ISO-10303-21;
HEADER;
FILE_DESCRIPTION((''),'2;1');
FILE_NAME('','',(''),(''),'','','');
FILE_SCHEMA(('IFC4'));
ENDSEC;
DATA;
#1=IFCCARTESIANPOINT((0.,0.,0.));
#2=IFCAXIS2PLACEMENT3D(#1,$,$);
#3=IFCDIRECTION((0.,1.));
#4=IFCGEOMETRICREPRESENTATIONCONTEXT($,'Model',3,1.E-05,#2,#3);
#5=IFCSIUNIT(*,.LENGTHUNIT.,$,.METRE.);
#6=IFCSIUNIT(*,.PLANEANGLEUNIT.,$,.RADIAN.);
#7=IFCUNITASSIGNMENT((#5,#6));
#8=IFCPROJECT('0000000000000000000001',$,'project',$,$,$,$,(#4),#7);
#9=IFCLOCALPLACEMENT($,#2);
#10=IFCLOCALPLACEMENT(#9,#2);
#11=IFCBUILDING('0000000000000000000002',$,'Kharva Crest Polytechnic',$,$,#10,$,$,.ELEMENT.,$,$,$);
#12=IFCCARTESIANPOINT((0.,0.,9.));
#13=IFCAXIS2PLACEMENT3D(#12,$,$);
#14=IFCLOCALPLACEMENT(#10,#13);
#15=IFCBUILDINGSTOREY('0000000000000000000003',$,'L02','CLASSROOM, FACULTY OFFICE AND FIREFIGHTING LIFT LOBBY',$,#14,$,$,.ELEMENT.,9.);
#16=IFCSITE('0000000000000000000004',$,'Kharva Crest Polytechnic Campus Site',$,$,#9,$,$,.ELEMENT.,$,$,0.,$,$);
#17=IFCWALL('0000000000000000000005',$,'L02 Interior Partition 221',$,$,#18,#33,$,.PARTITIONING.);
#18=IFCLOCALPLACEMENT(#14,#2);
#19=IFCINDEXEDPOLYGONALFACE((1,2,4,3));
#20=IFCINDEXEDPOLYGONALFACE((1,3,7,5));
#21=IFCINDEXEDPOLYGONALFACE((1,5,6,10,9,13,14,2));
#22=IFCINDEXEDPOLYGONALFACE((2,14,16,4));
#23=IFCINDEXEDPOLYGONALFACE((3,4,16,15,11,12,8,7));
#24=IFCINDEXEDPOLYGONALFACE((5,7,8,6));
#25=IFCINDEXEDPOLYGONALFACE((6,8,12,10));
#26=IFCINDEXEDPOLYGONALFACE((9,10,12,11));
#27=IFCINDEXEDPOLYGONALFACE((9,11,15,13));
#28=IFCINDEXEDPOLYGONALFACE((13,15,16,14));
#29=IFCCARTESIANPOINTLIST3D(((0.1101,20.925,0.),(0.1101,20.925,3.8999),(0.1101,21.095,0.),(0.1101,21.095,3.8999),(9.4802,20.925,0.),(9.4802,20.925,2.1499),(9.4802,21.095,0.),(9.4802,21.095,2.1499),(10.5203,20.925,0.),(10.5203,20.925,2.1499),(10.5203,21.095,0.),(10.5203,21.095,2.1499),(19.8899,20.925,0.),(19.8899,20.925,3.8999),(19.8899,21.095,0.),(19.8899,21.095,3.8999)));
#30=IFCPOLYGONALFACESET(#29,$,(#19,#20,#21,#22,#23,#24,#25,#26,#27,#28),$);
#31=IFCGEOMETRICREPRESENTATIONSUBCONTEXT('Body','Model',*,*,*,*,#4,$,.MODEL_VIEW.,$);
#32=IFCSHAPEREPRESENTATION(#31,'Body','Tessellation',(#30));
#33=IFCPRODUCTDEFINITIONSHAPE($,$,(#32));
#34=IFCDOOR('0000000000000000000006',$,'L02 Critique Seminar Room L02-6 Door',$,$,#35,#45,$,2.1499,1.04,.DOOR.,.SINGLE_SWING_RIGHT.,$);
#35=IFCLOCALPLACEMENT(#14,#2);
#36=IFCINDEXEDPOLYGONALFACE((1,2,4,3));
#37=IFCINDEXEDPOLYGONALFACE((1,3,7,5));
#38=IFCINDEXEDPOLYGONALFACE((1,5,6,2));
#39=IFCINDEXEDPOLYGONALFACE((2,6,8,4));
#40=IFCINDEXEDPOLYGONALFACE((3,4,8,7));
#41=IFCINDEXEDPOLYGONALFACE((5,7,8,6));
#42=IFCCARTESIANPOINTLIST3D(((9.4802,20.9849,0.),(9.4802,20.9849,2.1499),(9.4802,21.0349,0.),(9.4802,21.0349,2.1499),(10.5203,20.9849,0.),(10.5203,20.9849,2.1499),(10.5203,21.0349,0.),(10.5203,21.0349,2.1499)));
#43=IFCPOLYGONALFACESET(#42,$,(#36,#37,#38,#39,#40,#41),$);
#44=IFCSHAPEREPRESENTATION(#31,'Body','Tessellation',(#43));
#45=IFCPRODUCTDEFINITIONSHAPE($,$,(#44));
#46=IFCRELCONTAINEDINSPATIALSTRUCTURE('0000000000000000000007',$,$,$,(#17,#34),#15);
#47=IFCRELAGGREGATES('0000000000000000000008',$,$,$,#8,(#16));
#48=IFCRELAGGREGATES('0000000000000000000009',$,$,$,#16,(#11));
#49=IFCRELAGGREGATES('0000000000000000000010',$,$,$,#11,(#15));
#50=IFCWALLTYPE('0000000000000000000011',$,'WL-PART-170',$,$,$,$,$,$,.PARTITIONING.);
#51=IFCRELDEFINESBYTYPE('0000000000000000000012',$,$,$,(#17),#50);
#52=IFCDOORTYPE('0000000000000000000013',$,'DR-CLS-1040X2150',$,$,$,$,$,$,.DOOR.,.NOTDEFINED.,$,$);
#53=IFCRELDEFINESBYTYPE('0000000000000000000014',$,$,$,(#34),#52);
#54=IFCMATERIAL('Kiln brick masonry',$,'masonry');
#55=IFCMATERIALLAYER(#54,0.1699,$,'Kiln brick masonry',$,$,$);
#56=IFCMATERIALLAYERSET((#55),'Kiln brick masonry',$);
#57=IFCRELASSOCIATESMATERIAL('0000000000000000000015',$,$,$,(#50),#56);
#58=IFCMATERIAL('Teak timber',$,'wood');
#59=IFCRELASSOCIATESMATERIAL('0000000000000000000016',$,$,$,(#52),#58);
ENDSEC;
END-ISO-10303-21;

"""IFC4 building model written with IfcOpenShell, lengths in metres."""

from ifc_helpers import new_model, si_unit, direction, frame, frame_2d, origin, place, context, subcontext, project, spatial, rectangle, extrude, material, layer, layer_set, type_object, element, fill, save


model = new_model("IFC4")

# Units and contexts
model_context = context("Model", 3, precision=1e-05, world=origin(), true_north=direction((0.0, 1.0)))
body_context = subcontext(model_context, "Body", "Model", "MODEL_VIEW")
ifc_project = project(units=[si_unit("LENGTHUNIT", "METRE"), si_unit("PLANEANGLEUNIT", "RADIAN")], contexts=[model_context])

# Site, building, storey
site_placement = place(None, origin())
site = spatial("IfcSite", under=ifc_project, at=site_placement, Name="Kharva Crest Polytechnic Campus Site", CompositionType="ELEMENT", RefElevation=0.0)
building_placement = place(site_placement, origin())
building = spatial("IfcBuilding", under=site, at=building_placement, Name="Kharva Crest Polytechnic", CompositionType="ELEMENT")
storey_placement = place(building_placement, frame((0.0, 0.0, 9.0)))
storey = spatial("IfcBuildingStorey", under=building, at=storey_placement, Name="L02", Description="CLASSROOM, FACULTY OFFICE AND FIREFIGHTING LIFT LOBBY", CompositionType="ELEMENT", Elevation=9.0)

# Shared definitions
ifc_material_1 = material(Name="Kiln brick masonry", Category="masonry")

# Wall, opening, door
ifc_layer_1 = layer(ifc_material_1, 0.1699, Name="Kiln brick masonry")
ifc_layer_set_1 = layer_set([ifc_layer_1], Name="Kiln brick masonry")
wall_type_1 = type_object("IfcWallType", Name="WL-PART-170", PredefinedType="PARTITIONING", material=ifc_layer_set_1)
wall_1_placement = place(storey_placement, frame((0.1101, 21.01, 0.0), z_axis=(0.0, 0.0, 1.0), x_axis=(1.0, 0.0, 0.0)))
wall_1 = element("IfcWall", 1, at=wall_1_placement, inside=storey, type_object=wall_type_1, Name="L02 Interior Partition 221", PredefinedType="PARTITIONING", context=body_context, shape_type="SweptSolid", body=[
    extrude(rectangle(XDim=19.7798, YDim=0.1699, at=frame_2d((9.8899, 0.0))), origin(), (0.0, 0.0, 1.0), 3.8999),
])
opening_1_placement = place(wall_1_placement, frame((9.3701, 0.0, 0.0)))
opening_1 = element("IfcOpeningElement", 2, at=opening_1_placement, cuts=wall_1, PredefinedType="OPENING", context=body_context, shape_type="SweptSolid", body=[
    extrude(rectangle(XDim=1.04, YDim=2.1499, at=frame_2d((0.52, 1.075))), frame((0.0, 0.095, 0.0), z_axis=(0.0, -1.0, 0.0), x_axis=(1.0, 0.0, 0.0)), (0.0, 0.0, 1.0), 0.1899),
])
ifc_material_2 = material(Name="Teak timber", Category="wood")
door_type = type_object("IfcDoorType", Name="DR-CLS-1040X2150", OperationType="NOTDEFINED", PredefinedType="DOOR", material=ifc_material_2)
door_placement = place(opening_1_placement, origin())
door = element("IfcDoor", 3, at=door_placement, inside=storey, type_object=door_type, Name="L02 Critique Seminar Room L02-6 Door", OperationType="SINGLE_SWING_RIGHT", OverallHeight=2.1499, OverallWidth=1.04, PredefinedType="DOOR", context=body_context, shape_type="SweptSolid", body=[
    extrude(rectangle(XDim=1.04, YDim=2.1499, at=frame_2d((0.52, 1.075))), frame((0.0, 0.0249, 0.0), z_axis=(0.0, -1.0, 0.0), x_axis=(1.0, 0.0, 0.0)), (0.0, 0.0, 1.0), 0.05),
])
fill(opening_1, door)

save(model, "model.ifc")
